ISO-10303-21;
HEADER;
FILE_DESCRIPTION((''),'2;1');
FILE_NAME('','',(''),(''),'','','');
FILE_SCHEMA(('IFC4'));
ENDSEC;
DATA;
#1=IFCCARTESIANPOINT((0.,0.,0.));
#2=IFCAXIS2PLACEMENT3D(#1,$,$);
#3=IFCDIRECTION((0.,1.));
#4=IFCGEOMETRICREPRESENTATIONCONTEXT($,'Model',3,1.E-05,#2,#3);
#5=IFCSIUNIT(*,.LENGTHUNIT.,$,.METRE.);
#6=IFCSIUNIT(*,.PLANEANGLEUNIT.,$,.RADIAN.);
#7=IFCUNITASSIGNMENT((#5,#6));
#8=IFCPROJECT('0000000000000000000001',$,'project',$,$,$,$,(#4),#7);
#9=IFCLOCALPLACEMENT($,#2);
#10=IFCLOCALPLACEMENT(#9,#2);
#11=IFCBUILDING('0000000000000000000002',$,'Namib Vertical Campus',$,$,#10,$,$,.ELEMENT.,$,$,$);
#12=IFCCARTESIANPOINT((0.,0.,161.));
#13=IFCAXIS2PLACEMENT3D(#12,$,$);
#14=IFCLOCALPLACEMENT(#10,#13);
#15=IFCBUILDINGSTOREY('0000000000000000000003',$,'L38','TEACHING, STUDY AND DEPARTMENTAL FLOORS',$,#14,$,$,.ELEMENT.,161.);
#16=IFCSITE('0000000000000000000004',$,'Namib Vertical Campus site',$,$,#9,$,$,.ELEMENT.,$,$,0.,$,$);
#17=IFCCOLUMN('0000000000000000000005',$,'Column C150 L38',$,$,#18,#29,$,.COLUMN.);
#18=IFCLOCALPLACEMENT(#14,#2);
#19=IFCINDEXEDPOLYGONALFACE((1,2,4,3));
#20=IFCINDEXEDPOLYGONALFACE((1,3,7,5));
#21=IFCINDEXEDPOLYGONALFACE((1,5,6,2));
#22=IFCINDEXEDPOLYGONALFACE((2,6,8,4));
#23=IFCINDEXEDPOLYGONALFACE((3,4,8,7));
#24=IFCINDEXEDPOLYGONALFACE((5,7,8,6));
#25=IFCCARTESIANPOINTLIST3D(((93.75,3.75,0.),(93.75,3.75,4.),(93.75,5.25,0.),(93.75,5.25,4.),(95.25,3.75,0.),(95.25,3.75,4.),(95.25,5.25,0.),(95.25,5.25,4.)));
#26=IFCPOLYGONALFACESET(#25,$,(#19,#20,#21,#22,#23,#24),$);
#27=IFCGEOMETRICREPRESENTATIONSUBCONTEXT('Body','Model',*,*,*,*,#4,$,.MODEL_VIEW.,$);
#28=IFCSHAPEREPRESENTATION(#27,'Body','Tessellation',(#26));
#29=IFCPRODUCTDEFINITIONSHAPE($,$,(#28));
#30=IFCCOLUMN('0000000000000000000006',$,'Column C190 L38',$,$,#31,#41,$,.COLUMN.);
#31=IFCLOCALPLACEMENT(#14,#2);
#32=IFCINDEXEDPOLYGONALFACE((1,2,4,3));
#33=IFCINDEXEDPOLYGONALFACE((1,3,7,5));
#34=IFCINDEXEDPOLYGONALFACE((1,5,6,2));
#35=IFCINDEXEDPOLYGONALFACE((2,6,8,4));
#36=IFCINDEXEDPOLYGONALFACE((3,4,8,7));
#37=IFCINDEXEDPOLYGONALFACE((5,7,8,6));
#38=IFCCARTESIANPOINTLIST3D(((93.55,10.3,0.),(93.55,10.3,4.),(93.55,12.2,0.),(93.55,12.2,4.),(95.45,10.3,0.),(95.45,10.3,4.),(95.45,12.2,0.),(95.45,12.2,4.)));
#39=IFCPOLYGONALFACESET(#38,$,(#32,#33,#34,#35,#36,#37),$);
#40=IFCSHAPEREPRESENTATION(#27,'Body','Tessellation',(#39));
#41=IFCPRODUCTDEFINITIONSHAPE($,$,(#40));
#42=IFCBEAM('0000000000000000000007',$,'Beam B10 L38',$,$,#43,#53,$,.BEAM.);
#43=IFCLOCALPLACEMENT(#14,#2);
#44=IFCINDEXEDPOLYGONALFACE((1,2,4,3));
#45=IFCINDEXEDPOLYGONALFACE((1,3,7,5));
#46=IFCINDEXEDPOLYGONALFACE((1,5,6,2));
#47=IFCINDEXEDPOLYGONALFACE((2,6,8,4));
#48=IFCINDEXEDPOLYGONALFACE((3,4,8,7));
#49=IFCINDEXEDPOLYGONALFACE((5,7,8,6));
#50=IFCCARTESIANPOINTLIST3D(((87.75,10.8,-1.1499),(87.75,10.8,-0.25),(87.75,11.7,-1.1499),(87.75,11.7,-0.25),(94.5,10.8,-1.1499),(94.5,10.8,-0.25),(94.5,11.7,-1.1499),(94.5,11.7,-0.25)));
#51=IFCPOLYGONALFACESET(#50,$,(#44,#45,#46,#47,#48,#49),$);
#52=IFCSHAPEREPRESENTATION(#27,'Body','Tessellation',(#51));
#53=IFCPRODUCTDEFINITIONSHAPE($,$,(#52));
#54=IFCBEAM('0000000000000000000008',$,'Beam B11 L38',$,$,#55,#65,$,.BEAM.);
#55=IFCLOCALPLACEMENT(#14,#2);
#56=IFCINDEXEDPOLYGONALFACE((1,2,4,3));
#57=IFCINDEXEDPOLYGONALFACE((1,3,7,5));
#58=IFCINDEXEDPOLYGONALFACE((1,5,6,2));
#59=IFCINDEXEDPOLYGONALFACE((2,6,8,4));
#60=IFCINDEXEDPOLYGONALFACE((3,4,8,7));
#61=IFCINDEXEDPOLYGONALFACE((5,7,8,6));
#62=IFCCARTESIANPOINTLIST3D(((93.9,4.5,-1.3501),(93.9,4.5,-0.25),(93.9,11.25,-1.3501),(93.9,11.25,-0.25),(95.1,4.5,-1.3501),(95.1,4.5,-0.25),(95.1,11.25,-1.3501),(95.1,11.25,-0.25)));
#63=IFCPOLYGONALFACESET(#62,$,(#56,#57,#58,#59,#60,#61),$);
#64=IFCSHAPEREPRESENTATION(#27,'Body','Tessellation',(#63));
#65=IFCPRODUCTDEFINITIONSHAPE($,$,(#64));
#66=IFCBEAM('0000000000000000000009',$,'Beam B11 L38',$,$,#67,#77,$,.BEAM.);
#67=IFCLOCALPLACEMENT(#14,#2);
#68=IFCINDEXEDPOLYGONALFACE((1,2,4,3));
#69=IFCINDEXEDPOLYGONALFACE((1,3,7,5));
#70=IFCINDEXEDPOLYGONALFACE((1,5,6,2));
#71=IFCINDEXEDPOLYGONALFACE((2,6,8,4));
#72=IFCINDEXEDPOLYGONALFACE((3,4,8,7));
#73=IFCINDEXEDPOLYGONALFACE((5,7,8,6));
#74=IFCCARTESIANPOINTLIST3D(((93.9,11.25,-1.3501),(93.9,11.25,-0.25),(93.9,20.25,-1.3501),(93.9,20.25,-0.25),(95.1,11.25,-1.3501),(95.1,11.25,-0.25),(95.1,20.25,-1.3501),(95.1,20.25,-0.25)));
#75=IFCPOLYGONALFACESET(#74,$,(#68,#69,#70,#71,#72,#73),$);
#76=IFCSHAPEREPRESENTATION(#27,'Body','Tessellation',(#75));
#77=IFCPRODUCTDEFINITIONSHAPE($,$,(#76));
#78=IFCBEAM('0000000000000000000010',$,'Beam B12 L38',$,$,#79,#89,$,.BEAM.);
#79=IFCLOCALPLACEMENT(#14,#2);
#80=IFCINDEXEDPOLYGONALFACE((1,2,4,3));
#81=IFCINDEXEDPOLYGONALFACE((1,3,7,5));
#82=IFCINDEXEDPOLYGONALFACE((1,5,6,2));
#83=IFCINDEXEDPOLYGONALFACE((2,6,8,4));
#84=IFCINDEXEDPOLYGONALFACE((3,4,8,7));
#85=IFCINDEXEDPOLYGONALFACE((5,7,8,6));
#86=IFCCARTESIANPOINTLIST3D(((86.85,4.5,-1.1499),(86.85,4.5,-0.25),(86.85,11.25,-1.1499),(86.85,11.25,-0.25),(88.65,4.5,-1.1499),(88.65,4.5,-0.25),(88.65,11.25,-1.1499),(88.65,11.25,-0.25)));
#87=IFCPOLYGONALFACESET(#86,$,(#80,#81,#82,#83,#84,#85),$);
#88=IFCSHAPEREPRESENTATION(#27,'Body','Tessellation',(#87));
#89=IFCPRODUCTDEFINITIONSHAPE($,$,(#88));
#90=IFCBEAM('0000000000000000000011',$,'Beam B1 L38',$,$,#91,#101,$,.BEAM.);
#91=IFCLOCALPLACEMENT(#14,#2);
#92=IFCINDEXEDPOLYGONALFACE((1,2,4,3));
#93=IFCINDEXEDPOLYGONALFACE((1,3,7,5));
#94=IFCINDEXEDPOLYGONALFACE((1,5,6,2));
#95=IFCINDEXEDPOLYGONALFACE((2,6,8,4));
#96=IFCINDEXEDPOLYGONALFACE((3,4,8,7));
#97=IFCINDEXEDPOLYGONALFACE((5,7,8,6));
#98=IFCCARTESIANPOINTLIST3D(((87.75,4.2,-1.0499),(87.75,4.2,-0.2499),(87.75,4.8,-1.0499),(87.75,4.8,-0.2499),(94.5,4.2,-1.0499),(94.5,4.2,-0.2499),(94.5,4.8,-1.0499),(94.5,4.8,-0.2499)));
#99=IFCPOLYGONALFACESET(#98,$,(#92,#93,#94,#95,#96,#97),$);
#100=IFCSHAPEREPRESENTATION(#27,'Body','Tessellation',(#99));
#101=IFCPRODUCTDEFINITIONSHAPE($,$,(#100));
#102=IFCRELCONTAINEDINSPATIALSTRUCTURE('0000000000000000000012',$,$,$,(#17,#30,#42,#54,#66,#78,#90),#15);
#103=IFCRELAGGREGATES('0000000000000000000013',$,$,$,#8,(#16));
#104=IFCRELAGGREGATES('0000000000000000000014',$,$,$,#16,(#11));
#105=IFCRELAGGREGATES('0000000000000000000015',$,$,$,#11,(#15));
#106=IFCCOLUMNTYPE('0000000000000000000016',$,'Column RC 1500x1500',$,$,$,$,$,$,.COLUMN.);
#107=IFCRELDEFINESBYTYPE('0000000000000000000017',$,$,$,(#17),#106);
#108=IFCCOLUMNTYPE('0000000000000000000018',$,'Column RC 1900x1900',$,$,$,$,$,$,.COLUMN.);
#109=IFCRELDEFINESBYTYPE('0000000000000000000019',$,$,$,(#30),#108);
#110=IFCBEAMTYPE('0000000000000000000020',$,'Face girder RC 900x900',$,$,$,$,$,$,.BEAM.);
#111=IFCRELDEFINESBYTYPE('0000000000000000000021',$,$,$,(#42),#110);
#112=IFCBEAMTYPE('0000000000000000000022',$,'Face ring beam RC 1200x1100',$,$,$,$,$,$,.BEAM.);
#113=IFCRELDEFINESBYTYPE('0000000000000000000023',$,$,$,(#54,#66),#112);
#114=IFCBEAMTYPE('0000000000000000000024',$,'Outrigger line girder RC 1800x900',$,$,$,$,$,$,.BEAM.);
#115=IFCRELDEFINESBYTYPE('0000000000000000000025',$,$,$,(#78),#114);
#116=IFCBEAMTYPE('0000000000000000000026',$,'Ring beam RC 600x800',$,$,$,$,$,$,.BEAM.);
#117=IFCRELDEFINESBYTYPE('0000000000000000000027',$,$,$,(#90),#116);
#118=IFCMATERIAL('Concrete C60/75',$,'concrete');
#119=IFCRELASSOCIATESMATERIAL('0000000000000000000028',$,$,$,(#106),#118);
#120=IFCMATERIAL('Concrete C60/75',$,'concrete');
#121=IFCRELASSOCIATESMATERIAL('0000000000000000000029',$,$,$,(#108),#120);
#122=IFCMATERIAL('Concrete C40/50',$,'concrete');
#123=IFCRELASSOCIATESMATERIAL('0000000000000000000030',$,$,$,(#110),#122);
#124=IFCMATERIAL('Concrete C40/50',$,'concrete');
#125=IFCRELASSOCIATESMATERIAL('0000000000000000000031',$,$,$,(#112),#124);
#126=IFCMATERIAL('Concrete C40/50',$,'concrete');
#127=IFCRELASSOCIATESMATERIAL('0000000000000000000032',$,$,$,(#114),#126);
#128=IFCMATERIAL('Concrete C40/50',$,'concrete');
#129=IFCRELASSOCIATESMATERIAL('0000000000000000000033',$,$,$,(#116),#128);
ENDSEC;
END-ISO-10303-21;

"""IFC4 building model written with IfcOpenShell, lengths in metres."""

from ifc_helpers import new_model, si_unit, direction, frame, origin, origin_2d, place, context, subcontext, project, spatial, rectangle, extrude, material, material_profile, profile_set, type_object, element, save


model = new_model("IFC4")

# Units and contexts
model_context = context("Model", 3, precision=1e-05, world=origin(), true_north=direction((0.0, 1.0)))
body_context = subcontext(model_context, "Body", "Model", "MODEL_VIEW")
ifc_project = project(units=[si_unit("LENGTHUNIT", "METRE"), si_unit("PLANEANGLEUNIT", "RADIAN")], contexts=[model_context])

# Site, building, storey
site_placement = place(None, origin())
site = spatial("IfcSite", under=ifc_project, at=site_placement, Name="Namib Vertical Campus site", CompositionType="ELEMENT", RefElevation=0.0)
building_placement = place(site_placement, origin())
building = spatial("IfcBuilding", under=site, at=building_placement, Name="Namib Vertical Campus", CompositionType="ELEMENT")
storey_placement = place(building_placement, frame((0.0, 0.0, 161.0)))
storey = spatial("IfcBuildingStorey", under=building, at=storey_placement, Name="L38", Description="TEACHING, STUDY AND DEPARTMENTAL FLOORS", CompositionType="ELEMENT", Elevation=161.0)

# Columns
ifc_material_1 = material(Name="Concrete C60/75", Category="concrete")
ifc_material_profile_1 = material_profile(ifc_material_1, rectangle(XDim=1.5, YDim=1.5, at=origin_2d()))
ifc_profile_set_1 = profile_set([ifc_material_profile_1], Name="Concrete C60/75")
column_type_1 = type_object("IfcColumnType", Name="Column RC 1500x1500", PredefinedType="COLUMN", material=ifc_profile_set_1)
column_1_placement = place(storey_placement, frame((94.5, 4.5, 0.0), z_axis=(0.0, 0.0, 1.0), x_axis=(1.0, 0.0, 0.0)))
element("IfcColumn", 1, at=column_1_placement, inside=storey, type_object=column_type_1, Name="Column C150 L38", PredefinedType="COLUMN", context=body_context, shape_type="SweptSolid", body=[
    extrude(rectangle(XDim=1.5, YDim=1.5, at=origin_2d()), origin(), (0.0, 0.0, 1.0), 4.0),
])
ifc_material_2 = material(Name="Concrete C60/75", Category="concrete")
ifc_material_profile_2 = material_profile(ifc_material_2, rectangle(XDim=1.8999, YDim=1.8999, at=origin_2d()))
ifc_profile_set_2 = profile_set([ifc_material_profile_2], Name="Concrete C60/75")
column_type_2 = type_object("IfcColumnType", Name="Column RC 1900x1900", PredefinedType="COLUMN", material=ifc_profile_set_2)
column_2_placement = place(storey_placement, frame((94.5, 11.25, 0.0), z_axis=(0.0, 0.0, 1.0), x_axis=(1.0, 0.0, 0.0)))
element("IfcColumn", 2, at=column_2_placement, inside=storey, type_object=column_type_2, Name="Column C190 L38", PredefinedType="COLUMN", context=body_context, shape_type="SweptSolid", body=[
    extrude(rectangle(XDim=1.8999, YDim=1.8999, at=origin_2d()), origin(), (0.0, 0.0, 1.0), 4.0),
])

# Beams
ifc_material_3 = material(Name="Concrete C40/50", Category="concrete")
ifc_material_profile_3 = material_profile(ifc_material_3, rectangle(XDim=0.8999, YDim=0.8999, at=origin_2d()))
ifc_profile_set_3 = profile_set([ifc_material_profile_3], Name="Concrete C40/50")
beam_type_1 = type_object("IfcBeamType", Name="Face girder RC 900x900", PredefinedType="BEAM", material=ifc_profile_set_3)
beam_1_placement = place(storey_placement, frame((94.5, 11.25, -0.7), z_axis=(-1.0, 0.0, 0.0), x_axis=(0.0, -1.0, 0.0)))
element("IfcBeam", 3, at=beam_1_placement, inside=storey, type_object=beam_type_1, Name="Beam B10 L38", PredefinedType="BEAM", context=body_context, shape_type="SweptSolid", body=[
    extrude(rectangle(XDim=0.8999, YDim=0.8999, at=origin_2d()), origin(), (0.0, 0.0, 1.0), 6.75),
])
ifc_material_4 = material(Name="Concrete C40/50", Category="concrete")
ifc_material_profile_4 = material_profile(ifc_material_4, rectangle(XDim=1.2, YDim=1.1001, at=origin_2d()))
ifc_profile_set_4 = profile_set([ifc_material_profile_4], Name="Concrete C40/50")
beam_type_2 = type_object("IfcBeamType", Name="Face ring beam RC 1200x1100", PredefinedType="BEAM", material=ifc_profile_set_4)
beam_2_placement = place(storey_placement, frame((94.5, 4.5, -0.8), z_axis=(0.0, 1.0, 0.0), x_axis=(-1.0, 0.0, 0.0)))
element("IfcBeam", 4, at=beam_2_placement, inside=storey, type_object=beam_type_2, Name="Beam B11 L38", PredefinedType="BEAM", context=body_context, shape_type="SweptSolid", body=[
    extrude(rectangle(XDim=1.2, YDim=1.1001, at=origin_2d()), origin(), (0.0, 0.0, 1.0), 6.75),
])
beam_3_placement = place(storey_placement, frame((94.5, 11.25, -0.8), z_axis=(0.0, 1.0, 0.0), x_axis=(-1.0, 0.0, 0.0)))
element("IfcBeam", 5, at=beam_3_placement, inside=storey, type_object=beam_type_2, Name="Beam B11 L38", PredefinedType="BEAM", context=body_context, shape_type="SweptSolid", body=[
    extrude(rectangle(XDim=1.2, YDim=1.1001, at=origin_2d()), origin(), (0.0, 0.0, 1.0), 9.0),
])
ifc_material_5 = material(Name="Concrete C40/50", Category="concrete")
ifc_material_profile_5 = material_profile(ifc_material_5, rectangle(XDim=1.8, YDim=0.8999, at=origin_2d()))
ifc_profile_set_5 = profile_set([ifc_material_profile_5], Name="Concrete C40/50")
beam_type_3 = type_object("IfcBeamType", Name="Outrigger line girder RC 1800x900", PredefinedType="BEAM", material=ifc_profile_set_5)
beam_4_placement = place(storey_placement, frame((87.75, 4.5, -0.7), z_axis=(0.0, 1.0, 0.0), x_axis=(-1.0, 0.0, 0.0)))
element("IfcBeam", 6, at=beam_4_placement, inside=storey, type_object=beam_type_3, Name="Beam B12 L38", PredefinedType="BEAM", context=body_context, shape_type="SweptSolid", body=[
    extrude(rectangle(XDim=1.8, YDim=0.8999, at=origin_2d()), origin(), (0.0, 0.0, 1.0), 6.75),
])
ifc_material_6 = material(Name="Concrete C40/50", Category="concrete")
ifc_material_profile_6 = material_profile(ifc_material_6, rectangle(XDim=0.6001, YDim=0.8, at=origin_2d()))
ifc_profile_set_6 = profile_set([ifc_material_profile_6], Name="Concrete C40/50")
beam_type_4 = type_object("IfcBeamType", Name="Ring beam RC 600x800", PredefinedType="BEAM", material=ifc_profile_set_6)
beam_5_placement = place(storey_placement, frame((87.75, 4.5, -0.6499), z_axis=(1.0, 0.0, 0.0), x_axis=(0.0, 1.0, 0.0)))
element("IfcBeam", 7, at=beam_5_placement, inside=storey, type_object=beam_type_4, Name="Beam B1 L38", PredefinedType="BEAM", context=body_context, shape_type="SweptSolid", body=[
    extrude(rectangle(XDim=0.6001, YDim=0.8, at=origin_2d()), origin(), (0.0, 0.0, 1.0), 6.75),
])

save(model, "model.ifc")
